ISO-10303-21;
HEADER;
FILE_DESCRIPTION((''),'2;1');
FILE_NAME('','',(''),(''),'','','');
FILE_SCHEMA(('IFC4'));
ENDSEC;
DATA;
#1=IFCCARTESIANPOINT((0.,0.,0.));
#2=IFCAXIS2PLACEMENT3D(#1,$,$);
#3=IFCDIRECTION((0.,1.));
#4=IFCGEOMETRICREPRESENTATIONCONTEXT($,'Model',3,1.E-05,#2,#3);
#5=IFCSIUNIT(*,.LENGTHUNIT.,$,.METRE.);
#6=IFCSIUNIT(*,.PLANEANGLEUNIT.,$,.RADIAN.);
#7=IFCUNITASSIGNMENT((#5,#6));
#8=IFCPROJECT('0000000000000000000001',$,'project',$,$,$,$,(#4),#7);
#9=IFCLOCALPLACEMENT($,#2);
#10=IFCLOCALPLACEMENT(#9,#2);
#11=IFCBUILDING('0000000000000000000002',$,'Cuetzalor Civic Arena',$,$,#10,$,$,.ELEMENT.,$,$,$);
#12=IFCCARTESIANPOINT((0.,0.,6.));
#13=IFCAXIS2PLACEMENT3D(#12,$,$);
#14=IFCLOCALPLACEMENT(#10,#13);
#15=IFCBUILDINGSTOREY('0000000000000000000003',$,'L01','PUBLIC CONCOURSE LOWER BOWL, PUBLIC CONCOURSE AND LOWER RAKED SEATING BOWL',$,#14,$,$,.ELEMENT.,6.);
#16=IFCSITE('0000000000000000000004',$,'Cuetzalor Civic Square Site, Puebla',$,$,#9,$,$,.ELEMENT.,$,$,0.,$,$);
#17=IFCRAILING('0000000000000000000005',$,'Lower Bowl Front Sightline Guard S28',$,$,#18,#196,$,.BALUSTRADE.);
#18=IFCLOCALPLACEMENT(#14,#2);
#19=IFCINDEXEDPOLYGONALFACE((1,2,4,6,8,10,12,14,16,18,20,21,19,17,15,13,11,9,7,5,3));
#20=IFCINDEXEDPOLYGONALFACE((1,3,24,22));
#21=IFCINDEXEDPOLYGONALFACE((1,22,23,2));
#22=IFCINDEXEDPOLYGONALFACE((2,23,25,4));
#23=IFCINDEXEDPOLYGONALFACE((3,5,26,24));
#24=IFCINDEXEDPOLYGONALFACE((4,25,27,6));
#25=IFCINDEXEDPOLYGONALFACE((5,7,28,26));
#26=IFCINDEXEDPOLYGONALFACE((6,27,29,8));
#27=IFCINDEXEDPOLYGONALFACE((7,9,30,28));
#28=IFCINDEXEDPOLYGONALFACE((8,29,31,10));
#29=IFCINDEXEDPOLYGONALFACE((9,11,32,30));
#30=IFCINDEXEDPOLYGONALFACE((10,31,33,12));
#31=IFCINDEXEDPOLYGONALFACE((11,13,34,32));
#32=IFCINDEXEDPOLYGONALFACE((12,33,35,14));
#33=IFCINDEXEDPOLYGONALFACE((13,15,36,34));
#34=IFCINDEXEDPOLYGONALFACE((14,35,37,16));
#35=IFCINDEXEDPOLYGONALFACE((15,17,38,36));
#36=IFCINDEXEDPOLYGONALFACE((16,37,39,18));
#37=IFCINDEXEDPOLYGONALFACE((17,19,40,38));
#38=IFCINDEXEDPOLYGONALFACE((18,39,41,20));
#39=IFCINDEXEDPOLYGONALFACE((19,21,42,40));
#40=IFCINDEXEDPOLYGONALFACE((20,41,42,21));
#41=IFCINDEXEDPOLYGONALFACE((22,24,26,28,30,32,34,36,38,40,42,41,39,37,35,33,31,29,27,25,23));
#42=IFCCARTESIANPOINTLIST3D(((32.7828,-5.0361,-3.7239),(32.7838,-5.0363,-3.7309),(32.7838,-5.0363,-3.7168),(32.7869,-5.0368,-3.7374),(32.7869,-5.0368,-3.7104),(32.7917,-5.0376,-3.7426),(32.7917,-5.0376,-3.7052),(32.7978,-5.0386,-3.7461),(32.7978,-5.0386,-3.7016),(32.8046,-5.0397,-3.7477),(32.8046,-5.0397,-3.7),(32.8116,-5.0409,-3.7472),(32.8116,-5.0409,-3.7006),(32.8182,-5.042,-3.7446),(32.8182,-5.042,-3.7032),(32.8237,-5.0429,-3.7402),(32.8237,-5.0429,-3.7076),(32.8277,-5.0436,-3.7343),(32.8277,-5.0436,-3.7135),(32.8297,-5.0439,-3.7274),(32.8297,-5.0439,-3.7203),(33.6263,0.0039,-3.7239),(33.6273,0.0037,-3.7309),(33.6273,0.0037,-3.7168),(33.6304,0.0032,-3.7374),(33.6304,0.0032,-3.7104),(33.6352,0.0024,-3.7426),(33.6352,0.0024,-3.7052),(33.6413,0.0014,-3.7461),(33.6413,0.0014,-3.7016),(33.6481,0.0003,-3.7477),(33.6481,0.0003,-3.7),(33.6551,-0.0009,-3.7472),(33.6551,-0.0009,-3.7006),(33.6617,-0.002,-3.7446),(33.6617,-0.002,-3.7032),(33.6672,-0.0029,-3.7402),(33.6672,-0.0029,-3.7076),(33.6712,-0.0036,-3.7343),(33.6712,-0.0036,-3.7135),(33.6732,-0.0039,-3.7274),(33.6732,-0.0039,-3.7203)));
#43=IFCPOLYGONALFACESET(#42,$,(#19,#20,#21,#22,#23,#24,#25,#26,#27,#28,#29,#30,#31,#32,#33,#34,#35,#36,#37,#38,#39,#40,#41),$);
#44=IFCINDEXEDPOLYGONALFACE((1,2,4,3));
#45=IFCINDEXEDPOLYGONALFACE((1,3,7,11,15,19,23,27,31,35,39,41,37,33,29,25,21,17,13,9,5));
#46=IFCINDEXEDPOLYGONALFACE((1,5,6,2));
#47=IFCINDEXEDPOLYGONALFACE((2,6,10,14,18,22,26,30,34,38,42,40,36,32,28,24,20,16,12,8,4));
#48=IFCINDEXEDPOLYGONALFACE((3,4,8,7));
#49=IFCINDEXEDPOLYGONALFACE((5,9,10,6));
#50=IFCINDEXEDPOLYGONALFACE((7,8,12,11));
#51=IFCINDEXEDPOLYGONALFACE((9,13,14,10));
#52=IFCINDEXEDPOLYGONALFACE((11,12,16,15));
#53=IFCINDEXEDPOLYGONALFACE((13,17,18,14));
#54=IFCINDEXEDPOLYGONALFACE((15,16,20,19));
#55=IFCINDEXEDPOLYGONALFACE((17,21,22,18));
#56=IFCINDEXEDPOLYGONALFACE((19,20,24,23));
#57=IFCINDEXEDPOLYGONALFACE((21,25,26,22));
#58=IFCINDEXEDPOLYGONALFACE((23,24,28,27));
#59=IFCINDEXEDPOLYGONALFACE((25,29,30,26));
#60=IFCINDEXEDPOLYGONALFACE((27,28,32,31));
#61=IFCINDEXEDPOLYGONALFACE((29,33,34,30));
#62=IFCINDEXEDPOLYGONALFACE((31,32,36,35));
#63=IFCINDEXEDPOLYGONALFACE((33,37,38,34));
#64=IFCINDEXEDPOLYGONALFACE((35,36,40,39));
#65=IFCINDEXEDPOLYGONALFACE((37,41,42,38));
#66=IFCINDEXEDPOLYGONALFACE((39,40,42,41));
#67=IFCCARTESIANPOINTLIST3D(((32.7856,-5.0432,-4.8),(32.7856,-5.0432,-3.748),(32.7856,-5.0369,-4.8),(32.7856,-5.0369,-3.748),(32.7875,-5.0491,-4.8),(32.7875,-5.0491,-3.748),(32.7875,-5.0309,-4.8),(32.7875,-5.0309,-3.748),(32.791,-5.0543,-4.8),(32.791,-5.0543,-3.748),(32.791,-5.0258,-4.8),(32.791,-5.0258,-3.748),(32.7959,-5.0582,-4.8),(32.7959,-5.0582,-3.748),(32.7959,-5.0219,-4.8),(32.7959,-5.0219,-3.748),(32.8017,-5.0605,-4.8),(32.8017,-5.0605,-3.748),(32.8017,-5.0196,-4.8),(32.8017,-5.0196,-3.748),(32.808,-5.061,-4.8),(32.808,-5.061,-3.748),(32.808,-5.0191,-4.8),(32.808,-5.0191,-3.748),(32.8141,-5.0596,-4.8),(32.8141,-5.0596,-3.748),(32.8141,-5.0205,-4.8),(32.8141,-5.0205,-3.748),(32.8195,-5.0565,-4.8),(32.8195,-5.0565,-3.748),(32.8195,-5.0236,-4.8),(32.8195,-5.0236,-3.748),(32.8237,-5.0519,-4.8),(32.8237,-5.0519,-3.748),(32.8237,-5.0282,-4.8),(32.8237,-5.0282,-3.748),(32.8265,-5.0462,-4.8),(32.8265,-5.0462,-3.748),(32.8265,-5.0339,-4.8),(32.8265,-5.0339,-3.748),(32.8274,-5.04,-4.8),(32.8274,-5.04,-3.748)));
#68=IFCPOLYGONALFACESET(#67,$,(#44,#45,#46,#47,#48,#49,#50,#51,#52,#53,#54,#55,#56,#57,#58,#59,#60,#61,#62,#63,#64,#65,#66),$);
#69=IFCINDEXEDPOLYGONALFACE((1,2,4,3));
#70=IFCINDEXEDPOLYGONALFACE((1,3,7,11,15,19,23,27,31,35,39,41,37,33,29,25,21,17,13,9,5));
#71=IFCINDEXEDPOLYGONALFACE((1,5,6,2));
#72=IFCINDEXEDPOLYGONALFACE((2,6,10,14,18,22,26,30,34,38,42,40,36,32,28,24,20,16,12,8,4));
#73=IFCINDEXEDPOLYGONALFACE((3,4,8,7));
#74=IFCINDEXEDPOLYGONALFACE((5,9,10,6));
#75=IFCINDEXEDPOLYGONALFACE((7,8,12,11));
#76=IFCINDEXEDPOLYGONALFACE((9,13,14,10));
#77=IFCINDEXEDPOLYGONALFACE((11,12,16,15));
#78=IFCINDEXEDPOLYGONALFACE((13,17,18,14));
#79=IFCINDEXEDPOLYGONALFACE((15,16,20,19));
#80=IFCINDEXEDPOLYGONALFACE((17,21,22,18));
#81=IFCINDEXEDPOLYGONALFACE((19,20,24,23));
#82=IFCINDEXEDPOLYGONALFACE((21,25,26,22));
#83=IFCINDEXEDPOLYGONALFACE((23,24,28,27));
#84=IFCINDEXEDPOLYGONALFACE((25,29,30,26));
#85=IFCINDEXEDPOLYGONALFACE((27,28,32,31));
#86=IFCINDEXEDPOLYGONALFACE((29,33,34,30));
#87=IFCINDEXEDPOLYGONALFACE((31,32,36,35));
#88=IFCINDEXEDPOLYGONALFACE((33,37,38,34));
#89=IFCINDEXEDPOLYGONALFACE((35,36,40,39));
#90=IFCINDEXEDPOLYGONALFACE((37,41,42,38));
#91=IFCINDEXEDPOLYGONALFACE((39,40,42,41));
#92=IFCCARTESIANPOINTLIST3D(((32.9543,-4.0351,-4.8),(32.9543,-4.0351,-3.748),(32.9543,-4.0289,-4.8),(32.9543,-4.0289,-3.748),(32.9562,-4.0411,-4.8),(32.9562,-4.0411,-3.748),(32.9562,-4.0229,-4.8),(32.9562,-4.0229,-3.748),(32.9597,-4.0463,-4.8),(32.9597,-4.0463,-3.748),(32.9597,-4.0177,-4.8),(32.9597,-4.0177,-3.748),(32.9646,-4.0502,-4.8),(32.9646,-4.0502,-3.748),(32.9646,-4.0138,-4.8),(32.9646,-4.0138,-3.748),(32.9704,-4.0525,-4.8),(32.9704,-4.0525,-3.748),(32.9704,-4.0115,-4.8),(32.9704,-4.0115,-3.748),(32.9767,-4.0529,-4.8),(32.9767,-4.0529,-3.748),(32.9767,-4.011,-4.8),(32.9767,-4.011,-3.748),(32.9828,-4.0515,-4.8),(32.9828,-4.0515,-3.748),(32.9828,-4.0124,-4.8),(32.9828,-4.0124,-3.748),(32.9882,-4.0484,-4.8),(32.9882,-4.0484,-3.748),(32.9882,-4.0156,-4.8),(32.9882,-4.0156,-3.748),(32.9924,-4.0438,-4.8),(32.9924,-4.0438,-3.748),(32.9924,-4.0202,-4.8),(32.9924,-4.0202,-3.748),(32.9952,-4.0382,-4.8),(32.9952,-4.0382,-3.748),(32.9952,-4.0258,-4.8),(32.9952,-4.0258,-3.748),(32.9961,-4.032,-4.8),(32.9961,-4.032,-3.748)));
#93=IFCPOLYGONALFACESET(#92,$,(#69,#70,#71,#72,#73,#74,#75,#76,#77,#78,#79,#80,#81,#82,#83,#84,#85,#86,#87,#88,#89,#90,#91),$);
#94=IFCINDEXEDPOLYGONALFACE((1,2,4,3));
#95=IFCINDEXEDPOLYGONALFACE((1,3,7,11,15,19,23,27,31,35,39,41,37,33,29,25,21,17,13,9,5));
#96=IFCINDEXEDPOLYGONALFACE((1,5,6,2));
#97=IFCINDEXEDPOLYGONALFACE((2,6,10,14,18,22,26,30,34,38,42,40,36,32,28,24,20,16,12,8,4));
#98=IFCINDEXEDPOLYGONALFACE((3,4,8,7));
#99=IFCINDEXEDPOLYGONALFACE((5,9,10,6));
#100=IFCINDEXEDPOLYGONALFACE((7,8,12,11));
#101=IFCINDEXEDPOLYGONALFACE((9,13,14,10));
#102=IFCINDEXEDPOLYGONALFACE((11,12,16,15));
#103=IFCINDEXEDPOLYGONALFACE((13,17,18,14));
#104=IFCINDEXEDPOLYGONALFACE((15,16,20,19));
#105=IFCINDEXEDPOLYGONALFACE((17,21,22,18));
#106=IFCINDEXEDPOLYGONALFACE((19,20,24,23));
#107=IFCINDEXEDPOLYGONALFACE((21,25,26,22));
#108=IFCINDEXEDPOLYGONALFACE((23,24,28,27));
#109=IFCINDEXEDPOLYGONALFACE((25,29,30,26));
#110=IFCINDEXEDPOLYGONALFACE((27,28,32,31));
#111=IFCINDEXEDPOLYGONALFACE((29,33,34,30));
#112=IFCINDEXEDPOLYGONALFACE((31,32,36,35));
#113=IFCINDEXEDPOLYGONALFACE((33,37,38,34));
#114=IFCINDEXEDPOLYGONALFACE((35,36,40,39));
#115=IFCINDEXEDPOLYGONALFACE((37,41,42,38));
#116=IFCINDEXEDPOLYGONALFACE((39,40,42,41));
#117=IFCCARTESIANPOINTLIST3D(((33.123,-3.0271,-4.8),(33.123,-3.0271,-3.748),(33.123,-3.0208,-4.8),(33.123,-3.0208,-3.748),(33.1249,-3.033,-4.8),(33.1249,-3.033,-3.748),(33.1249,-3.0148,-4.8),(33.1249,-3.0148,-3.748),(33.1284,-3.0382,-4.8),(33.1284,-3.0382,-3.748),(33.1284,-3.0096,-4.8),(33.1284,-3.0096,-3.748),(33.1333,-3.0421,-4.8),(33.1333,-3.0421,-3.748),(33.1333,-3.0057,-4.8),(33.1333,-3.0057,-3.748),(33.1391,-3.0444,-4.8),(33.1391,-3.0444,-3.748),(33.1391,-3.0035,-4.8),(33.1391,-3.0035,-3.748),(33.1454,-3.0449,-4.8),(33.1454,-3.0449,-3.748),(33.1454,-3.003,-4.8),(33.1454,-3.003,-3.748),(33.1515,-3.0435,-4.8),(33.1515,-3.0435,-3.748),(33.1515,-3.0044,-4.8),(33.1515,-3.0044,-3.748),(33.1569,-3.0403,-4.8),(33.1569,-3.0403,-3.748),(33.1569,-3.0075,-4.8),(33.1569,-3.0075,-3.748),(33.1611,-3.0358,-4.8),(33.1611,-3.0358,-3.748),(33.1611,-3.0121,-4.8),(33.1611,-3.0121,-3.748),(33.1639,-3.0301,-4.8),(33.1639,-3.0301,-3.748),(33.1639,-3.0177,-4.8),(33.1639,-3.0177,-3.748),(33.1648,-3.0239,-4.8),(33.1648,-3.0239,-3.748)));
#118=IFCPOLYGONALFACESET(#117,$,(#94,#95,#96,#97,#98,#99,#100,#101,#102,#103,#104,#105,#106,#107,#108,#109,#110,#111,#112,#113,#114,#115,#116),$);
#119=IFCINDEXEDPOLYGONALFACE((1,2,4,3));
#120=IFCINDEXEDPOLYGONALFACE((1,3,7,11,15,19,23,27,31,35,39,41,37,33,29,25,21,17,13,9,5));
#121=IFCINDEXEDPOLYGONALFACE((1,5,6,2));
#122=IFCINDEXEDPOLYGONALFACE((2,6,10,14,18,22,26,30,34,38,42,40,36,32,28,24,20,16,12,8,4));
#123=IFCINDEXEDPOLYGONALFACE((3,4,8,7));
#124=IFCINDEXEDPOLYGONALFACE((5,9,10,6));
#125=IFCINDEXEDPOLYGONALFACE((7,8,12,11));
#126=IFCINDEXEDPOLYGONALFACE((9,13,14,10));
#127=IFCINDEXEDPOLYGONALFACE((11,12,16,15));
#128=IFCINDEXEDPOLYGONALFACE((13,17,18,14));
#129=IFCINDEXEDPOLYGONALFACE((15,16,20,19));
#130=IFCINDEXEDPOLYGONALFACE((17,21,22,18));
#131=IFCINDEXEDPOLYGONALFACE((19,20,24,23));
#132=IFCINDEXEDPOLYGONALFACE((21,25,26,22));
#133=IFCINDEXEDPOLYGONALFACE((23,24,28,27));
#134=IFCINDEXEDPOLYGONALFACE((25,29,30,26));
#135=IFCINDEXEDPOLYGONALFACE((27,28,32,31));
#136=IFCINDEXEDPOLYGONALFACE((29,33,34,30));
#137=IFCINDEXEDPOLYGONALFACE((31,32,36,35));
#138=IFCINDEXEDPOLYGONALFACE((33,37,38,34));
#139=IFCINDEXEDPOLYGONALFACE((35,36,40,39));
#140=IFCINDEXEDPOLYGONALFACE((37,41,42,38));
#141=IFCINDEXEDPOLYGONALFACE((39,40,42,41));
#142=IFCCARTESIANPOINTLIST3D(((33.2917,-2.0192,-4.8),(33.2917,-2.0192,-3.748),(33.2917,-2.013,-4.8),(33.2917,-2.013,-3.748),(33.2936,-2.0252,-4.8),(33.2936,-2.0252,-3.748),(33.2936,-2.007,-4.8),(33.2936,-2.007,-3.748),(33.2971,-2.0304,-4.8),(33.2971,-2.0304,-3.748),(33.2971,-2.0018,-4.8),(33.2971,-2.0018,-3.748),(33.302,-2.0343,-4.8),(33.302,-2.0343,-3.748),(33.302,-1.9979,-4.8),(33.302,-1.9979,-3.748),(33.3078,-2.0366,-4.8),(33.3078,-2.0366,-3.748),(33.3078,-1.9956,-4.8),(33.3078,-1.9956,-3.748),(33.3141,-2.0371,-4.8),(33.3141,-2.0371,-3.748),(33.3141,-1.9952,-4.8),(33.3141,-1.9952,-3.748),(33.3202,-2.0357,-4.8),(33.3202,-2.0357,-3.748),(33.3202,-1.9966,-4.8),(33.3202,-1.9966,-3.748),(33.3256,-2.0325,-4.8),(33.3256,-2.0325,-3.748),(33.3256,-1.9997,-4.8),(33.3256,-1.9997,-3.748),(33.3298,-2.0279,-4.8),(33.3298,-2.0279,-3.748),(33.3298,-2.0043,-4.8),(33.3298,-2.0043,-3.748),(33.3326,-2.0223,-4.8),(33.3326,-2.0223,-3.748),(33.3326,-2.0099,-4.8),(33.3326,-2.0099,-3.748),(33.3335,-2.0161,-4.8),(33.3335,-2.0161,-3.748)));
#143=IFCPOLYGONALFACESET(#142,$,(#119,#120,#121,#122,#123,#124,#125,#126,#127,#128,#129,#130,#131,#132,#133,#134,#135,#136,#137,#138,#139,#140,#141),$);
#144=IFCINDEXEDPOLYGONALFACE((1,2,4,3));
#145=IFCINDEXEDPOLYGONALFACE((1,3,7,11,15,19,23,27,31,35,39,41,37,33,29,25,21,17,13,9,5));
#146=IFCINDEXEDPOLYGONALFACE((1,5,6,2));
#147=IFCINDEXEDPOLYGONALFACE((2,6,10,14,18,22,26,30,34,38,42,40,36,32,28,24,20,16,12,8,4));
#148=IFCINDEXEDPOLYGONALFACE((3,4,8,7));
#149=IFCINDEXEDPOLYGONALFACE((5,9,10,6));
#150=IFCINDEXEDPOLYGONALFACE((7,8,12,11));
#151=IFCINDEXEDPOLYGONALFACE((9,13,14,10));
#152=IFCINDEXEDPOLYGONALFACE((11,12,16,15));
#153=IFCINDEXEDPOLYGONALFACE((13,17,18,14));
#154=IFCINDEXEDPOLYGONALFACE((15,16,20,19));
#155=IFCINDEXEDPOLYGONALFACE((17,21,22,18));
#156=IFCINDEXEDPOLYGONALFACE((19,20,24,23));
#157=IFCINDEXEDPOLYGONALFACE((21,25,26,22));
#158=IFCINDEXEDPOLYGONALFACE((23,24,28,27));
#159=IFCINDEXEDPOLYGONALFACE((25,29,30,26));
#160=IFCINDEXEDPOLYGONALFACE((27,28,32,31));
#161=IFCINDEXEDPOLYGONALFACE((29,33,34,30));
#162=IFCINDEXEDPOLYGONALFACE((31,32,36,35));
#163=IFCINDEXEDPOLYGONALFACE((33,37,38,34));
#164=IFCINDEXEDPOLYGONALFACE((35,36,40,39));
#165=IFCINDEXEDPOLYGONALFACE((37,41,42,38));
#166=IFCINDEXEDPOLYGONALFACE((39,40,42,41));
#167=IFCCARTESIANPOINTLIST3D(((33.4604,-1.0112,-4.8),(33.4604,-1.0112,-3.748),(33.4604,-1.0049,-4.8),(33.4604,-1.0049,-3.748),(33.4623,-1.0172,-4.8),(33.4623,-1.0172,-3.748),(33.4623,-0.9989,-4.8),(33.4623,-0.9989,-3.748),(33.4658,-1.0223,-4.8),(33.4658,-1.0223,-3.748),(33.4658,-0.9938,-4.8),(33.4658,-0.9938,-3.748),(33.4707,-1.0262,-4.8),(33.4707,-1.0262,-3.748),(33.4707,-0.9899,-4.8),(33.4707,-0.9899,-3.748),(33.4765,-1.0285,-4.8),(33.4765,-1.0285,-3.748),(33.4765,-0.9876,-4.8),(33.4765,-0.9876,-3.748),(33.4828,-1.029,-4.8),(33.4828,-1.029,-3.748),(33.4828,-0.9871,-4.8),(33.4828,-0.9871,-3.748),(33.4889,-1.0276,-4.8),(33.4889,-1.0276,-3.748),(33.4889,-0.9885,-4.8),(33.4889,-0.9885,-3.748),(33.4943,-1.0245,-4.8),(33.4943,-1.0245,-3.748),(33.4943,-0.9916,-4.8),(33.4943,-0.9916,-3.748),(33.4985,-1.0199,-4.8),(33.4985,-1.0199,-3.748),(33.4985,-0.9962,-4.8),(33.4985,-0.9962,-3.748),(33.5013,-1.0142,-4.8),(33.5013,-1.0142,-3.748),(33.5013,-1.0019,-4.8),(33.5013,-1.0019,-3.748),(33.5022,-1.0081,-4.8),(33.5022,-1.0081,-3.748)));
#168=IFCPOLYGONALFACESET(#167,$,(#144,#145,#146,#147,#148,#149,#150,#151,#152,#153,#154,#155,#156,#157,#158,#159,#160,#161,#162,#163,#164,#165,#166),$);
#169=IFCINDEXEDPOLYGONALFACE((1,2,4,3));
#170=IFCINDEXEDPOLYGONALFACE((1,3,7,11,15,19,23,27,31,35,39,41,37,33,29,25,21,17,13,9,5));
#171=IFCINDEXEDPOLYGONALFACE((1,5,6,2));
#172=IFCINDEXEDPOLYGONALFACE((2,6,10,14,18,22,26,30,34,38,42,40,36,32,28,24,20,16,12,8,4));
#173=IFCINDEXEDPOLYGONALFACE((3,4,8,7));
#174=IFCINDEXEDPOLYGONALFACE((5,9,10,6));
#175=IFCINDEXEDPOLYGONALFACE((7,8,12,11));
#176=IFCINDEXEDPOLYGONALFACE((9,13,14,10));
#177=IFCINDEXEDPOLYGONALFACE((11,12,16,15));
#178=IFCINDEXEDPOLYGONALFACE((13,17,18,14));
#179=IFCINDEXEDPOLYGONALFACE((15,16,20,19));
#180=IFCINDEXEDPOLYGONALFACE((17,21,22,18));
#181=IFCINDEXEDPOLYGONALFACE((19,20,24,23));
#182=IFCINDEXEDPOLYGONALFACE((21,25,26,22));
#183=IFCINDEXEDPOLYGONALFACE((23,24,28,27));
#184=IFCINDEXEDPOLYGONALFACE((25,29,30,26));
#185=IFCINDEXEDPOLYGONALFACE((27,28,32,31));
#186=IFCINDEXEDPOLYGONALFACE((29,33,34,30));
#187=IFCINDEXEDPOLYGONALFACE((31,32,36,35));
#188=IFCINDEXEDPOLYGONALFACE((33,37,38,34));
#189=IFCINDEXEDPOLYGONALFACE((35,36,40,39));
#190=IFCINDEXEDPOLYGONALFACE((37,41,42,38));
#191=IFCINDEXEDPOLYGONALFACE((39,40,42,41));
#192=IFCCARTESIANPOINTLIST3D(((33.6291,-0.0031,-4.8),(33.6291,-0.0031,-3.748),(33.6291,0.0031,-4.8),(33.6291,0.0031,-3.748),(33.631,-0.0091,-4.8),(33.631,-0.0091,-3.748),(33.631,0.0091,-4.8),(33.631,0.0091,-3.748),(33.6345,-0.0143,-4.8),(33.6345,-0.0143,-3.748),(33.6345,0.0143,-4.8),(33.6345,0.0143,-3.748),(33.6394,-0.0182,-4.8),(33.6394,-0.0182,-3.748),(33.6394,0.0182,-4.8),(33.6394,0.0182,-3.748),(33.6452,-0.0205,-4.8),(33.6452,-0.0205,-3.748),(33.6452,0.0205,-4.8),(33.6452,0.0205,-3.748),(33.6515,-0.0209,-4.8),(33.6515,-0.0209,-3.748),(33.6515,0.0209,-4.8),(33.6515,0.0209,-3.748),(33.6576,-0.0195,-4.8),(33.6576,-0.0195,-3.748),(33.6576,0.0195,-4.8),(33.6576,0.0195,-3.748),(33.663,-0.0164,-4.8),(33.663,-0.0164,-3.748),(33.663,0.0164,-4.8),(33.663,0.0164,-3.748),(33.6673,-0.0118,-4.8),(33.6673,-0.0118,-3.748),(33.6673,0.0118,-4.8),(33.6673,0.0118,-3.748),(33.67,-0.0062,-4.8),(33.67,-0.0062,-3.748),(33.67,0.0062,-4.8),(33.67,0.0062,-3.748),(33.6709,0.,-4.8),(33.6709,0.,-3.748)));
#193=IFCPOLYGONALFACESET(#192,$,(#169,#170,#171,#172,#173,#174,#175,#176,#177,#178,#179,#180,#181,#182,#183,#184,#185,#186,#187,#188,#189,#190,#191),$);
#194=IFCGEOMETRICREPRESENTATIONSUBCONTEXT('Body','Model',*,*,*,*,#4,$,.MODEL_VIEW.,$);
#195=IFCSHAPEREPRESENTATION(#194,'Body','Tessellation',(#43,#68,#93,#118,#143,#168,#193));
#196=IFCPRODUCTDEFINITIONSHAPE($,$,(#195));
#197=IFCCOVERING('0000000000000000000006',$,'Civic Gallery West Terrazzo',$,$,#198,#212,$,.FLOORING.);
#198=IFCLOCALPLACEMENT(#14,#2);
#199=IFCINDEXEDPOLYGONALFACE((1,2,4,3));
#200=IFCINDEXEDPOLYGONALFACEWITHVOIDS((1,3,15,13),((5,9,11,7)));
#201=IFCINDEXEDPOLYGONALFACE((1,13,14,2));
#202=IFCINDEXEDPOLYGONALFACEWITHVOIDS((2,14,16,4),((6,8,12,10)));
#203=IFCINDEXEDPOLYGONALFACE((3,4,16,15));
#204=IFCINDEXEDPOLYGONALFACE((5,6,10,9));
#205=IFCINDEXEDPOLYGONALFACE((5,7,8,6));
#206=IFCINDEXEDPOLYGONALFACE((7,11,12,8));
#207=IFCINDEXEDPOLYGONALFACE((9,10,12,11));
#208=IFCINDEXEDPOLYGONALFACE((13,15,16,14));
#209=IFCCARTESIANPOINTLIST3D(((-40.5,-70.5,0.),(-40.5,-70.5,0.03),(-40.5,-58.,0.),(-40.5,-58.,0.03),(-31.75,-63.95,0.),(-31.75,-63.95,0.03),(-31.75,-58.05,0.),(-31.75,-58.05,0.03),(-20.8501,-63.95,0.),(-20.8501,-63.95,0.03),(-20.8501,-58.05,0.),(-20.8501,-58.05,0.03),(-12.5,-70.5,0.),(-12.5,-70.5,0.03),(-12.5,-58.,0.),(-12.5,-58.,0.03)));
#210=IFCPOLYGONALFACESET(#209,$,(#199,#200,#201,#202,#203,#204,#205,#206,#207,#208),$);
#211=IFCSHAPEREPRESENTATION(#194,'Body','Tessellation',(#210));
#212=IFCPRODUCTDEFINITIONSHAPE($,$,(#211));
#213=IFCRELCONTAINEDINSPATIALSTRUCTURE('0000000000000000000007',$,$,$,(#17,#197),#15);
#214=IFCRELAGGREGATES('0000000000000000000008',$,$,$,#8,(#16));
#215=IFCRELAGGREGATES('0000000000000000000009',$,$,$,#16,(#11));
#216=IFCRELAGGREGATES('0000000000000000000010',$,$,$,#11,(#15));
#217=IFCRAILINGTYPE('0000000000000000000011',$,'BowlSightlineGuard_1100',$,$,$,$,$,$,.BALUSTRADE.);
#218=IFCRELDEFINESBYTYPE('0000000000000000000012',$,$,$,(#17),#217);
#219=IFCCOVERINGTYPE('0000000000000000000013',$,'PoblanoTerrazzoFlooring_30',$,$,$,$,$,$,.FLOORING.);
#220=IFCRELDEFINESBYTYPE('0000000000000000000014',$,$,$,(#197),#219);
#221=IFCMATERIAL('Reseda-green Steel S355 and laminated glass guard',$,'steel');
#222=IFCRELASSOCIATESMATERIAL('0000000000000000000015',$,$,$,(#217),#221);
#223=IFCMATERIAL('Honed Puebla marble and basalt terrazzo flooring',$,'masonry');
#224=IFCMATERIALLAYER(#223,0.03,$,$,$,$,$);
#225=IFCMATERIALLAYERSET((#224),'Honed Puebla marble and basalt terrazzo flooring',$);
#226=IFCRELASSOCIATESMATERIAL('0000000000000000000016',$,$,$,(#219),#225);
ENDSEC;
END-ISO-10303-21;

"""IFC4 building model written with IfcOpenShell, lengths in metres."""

from ifc_helpers import new_model, si_unit, direction, frame, origin, origin_2d, place, context, subcontext, project, spatial, polyline, circle, outline, extrude, material, layer, layer_set, type_object, element, save


model = new_model("IFC4")

# Units and contexts
model_context = context("Model", 3, precision=1e-05, world=origin(), true_north=direction((0.0, 1.0)))
body_context = subcontext(model_context, "Body", "Model", "MODEL_VIEW")
ifc_project = project(units=[si_unit("LENGTHUNIT", "METRE"), si_unit("PLANEANGLEUNIT", "RADIAN")], contexts=[model_context])

# Site, building, storey
site_placement = place(None, origin())
site = spatial("IfcSite", under=ifc_project, at=site_placement, Name="Cuetzalor Civic Square Site, Puebla", CompositionType="ELEMENT", RefElevation=0.0)
building_placement = place(site_placement, origin())
building = spatial("IfcBuilding", under=site, at=building_placement, Name="Cuetzalor Civic Arena", CompositionType="ELEMENT")
storey_placement = place(building_placement, frame((0.0, 0.0, 6.0)))
storey = spatial("IfcBuildingStorey", under=building, at=storey_placement, Name="L01", Description="PUBLIC CONCOURSE LOWER BOWL, PUBLIC CONCOURSE AND LOWER RAKED SEATING BOWL", CompositionType="ELEMENT", Elevation=6.0)

# Railing
ifc_material_1 = material(Name="Reseda-green Steel S355 and laminated glass guard", Category="steel")
railing_type = type_object("IfcRailingType", Name="BowlSightlineGuard_1100", PredefinedType="BALUSTRADE", material=ifc_material_1)
railing_1_placement = place(storey_placement, frame((32.8064, -5.04, -4.8)))
element("IfcRailing", 1, at=railing_1_placement, inside=storey, type_object=railing_type, Name="Lower Bowl Front Sightline Guard S28", PredefinedType="BALUSTRADE", context=body_context, shape_type="SweptSolid", body=[
    extrude(circle(Radius=0.0239, at=origin_2d()), frame((0.0, 0.0, 1.0762), z_axis=(0.165065, 0.986283, 0.0), x_axis=(-0.986283, 0.165065, 0.0)), (0.0, 0.0, 1.0), 5.1101),
    extrude(circle(Radius=0.021, at=origin_2d()), origin(), (0.0, 0.0, 1.0), 1.052),
    extrude(circle(Radius=0.021, at=origin_2d()), frame((0.1687, 1.0081, 0.0)), (0.0, 0.0, 1.0), 1.052),
    extrude(circle(Radius=0.021, at=origin_2d()), frame((0.3374, 2.0161, 0.0)), (0.0, 0.0, 1.0), 1.052),
    extrude(circle(Radius=0.021, at=origin_2d()), frame((0.5061, 3.0239, 0.0)), (0.0, 0.0, 1.0), 1.052),
    extrude(circle(Radius=0.021, at=origin_2d()), frame((0.6748, 4.032, 0.0)), (0.0, 0.0, 1.0), 1.052),
    extrude(circle(Radius=0.021, at=origin_2d()), frame((0.8435, 5.04, 0.0)), (0.0, 0.0, 1.0), 1.052),
])

# Covering
ifc_material_2 = material(Name="Honed Puebla marble and basalt terrazzo flooring", Category="masonry")
ifc_layer_1 = layer(ifc_material_2, 0.03)
ifc_layer_set_1 = layer_set([ifc_layer_1], Name="Honed Puebla marble and basalt terrazzo flooring")
covering_type_1 = type_object("IfcCoveringType", Name="PoblanoTerrazzoFlooring_30", PredefinedType="FLOORING", material=ifc_layer_set_1)
covering_1_placement = place(storey_placement, origin())
element("IfcCovering", 2, at=covering_1_placement, inside=storey, type_object=covering_type_1, Name="Civic Gallery West Terrazzo", PredefinedType="FLOORING", context=body_context, shape_type="SweptSolid", body=[
    extrude(outline(polyline([(-40.5, -58.0), (-12.5, -58.0), (-12.5, -70.5), (-40.5, -70.5), (-40.5, -58.0)]), holes=[polyline([(-20.8501, -63.95), (-20.8501, -58.05), (-31.75, -58.05), (-31.75, -63.95), (-20.8501, -63.95)])]), origin(), (0.0, 0.0, 1.0), 0.03),
])

save(model, "model.ifc")
